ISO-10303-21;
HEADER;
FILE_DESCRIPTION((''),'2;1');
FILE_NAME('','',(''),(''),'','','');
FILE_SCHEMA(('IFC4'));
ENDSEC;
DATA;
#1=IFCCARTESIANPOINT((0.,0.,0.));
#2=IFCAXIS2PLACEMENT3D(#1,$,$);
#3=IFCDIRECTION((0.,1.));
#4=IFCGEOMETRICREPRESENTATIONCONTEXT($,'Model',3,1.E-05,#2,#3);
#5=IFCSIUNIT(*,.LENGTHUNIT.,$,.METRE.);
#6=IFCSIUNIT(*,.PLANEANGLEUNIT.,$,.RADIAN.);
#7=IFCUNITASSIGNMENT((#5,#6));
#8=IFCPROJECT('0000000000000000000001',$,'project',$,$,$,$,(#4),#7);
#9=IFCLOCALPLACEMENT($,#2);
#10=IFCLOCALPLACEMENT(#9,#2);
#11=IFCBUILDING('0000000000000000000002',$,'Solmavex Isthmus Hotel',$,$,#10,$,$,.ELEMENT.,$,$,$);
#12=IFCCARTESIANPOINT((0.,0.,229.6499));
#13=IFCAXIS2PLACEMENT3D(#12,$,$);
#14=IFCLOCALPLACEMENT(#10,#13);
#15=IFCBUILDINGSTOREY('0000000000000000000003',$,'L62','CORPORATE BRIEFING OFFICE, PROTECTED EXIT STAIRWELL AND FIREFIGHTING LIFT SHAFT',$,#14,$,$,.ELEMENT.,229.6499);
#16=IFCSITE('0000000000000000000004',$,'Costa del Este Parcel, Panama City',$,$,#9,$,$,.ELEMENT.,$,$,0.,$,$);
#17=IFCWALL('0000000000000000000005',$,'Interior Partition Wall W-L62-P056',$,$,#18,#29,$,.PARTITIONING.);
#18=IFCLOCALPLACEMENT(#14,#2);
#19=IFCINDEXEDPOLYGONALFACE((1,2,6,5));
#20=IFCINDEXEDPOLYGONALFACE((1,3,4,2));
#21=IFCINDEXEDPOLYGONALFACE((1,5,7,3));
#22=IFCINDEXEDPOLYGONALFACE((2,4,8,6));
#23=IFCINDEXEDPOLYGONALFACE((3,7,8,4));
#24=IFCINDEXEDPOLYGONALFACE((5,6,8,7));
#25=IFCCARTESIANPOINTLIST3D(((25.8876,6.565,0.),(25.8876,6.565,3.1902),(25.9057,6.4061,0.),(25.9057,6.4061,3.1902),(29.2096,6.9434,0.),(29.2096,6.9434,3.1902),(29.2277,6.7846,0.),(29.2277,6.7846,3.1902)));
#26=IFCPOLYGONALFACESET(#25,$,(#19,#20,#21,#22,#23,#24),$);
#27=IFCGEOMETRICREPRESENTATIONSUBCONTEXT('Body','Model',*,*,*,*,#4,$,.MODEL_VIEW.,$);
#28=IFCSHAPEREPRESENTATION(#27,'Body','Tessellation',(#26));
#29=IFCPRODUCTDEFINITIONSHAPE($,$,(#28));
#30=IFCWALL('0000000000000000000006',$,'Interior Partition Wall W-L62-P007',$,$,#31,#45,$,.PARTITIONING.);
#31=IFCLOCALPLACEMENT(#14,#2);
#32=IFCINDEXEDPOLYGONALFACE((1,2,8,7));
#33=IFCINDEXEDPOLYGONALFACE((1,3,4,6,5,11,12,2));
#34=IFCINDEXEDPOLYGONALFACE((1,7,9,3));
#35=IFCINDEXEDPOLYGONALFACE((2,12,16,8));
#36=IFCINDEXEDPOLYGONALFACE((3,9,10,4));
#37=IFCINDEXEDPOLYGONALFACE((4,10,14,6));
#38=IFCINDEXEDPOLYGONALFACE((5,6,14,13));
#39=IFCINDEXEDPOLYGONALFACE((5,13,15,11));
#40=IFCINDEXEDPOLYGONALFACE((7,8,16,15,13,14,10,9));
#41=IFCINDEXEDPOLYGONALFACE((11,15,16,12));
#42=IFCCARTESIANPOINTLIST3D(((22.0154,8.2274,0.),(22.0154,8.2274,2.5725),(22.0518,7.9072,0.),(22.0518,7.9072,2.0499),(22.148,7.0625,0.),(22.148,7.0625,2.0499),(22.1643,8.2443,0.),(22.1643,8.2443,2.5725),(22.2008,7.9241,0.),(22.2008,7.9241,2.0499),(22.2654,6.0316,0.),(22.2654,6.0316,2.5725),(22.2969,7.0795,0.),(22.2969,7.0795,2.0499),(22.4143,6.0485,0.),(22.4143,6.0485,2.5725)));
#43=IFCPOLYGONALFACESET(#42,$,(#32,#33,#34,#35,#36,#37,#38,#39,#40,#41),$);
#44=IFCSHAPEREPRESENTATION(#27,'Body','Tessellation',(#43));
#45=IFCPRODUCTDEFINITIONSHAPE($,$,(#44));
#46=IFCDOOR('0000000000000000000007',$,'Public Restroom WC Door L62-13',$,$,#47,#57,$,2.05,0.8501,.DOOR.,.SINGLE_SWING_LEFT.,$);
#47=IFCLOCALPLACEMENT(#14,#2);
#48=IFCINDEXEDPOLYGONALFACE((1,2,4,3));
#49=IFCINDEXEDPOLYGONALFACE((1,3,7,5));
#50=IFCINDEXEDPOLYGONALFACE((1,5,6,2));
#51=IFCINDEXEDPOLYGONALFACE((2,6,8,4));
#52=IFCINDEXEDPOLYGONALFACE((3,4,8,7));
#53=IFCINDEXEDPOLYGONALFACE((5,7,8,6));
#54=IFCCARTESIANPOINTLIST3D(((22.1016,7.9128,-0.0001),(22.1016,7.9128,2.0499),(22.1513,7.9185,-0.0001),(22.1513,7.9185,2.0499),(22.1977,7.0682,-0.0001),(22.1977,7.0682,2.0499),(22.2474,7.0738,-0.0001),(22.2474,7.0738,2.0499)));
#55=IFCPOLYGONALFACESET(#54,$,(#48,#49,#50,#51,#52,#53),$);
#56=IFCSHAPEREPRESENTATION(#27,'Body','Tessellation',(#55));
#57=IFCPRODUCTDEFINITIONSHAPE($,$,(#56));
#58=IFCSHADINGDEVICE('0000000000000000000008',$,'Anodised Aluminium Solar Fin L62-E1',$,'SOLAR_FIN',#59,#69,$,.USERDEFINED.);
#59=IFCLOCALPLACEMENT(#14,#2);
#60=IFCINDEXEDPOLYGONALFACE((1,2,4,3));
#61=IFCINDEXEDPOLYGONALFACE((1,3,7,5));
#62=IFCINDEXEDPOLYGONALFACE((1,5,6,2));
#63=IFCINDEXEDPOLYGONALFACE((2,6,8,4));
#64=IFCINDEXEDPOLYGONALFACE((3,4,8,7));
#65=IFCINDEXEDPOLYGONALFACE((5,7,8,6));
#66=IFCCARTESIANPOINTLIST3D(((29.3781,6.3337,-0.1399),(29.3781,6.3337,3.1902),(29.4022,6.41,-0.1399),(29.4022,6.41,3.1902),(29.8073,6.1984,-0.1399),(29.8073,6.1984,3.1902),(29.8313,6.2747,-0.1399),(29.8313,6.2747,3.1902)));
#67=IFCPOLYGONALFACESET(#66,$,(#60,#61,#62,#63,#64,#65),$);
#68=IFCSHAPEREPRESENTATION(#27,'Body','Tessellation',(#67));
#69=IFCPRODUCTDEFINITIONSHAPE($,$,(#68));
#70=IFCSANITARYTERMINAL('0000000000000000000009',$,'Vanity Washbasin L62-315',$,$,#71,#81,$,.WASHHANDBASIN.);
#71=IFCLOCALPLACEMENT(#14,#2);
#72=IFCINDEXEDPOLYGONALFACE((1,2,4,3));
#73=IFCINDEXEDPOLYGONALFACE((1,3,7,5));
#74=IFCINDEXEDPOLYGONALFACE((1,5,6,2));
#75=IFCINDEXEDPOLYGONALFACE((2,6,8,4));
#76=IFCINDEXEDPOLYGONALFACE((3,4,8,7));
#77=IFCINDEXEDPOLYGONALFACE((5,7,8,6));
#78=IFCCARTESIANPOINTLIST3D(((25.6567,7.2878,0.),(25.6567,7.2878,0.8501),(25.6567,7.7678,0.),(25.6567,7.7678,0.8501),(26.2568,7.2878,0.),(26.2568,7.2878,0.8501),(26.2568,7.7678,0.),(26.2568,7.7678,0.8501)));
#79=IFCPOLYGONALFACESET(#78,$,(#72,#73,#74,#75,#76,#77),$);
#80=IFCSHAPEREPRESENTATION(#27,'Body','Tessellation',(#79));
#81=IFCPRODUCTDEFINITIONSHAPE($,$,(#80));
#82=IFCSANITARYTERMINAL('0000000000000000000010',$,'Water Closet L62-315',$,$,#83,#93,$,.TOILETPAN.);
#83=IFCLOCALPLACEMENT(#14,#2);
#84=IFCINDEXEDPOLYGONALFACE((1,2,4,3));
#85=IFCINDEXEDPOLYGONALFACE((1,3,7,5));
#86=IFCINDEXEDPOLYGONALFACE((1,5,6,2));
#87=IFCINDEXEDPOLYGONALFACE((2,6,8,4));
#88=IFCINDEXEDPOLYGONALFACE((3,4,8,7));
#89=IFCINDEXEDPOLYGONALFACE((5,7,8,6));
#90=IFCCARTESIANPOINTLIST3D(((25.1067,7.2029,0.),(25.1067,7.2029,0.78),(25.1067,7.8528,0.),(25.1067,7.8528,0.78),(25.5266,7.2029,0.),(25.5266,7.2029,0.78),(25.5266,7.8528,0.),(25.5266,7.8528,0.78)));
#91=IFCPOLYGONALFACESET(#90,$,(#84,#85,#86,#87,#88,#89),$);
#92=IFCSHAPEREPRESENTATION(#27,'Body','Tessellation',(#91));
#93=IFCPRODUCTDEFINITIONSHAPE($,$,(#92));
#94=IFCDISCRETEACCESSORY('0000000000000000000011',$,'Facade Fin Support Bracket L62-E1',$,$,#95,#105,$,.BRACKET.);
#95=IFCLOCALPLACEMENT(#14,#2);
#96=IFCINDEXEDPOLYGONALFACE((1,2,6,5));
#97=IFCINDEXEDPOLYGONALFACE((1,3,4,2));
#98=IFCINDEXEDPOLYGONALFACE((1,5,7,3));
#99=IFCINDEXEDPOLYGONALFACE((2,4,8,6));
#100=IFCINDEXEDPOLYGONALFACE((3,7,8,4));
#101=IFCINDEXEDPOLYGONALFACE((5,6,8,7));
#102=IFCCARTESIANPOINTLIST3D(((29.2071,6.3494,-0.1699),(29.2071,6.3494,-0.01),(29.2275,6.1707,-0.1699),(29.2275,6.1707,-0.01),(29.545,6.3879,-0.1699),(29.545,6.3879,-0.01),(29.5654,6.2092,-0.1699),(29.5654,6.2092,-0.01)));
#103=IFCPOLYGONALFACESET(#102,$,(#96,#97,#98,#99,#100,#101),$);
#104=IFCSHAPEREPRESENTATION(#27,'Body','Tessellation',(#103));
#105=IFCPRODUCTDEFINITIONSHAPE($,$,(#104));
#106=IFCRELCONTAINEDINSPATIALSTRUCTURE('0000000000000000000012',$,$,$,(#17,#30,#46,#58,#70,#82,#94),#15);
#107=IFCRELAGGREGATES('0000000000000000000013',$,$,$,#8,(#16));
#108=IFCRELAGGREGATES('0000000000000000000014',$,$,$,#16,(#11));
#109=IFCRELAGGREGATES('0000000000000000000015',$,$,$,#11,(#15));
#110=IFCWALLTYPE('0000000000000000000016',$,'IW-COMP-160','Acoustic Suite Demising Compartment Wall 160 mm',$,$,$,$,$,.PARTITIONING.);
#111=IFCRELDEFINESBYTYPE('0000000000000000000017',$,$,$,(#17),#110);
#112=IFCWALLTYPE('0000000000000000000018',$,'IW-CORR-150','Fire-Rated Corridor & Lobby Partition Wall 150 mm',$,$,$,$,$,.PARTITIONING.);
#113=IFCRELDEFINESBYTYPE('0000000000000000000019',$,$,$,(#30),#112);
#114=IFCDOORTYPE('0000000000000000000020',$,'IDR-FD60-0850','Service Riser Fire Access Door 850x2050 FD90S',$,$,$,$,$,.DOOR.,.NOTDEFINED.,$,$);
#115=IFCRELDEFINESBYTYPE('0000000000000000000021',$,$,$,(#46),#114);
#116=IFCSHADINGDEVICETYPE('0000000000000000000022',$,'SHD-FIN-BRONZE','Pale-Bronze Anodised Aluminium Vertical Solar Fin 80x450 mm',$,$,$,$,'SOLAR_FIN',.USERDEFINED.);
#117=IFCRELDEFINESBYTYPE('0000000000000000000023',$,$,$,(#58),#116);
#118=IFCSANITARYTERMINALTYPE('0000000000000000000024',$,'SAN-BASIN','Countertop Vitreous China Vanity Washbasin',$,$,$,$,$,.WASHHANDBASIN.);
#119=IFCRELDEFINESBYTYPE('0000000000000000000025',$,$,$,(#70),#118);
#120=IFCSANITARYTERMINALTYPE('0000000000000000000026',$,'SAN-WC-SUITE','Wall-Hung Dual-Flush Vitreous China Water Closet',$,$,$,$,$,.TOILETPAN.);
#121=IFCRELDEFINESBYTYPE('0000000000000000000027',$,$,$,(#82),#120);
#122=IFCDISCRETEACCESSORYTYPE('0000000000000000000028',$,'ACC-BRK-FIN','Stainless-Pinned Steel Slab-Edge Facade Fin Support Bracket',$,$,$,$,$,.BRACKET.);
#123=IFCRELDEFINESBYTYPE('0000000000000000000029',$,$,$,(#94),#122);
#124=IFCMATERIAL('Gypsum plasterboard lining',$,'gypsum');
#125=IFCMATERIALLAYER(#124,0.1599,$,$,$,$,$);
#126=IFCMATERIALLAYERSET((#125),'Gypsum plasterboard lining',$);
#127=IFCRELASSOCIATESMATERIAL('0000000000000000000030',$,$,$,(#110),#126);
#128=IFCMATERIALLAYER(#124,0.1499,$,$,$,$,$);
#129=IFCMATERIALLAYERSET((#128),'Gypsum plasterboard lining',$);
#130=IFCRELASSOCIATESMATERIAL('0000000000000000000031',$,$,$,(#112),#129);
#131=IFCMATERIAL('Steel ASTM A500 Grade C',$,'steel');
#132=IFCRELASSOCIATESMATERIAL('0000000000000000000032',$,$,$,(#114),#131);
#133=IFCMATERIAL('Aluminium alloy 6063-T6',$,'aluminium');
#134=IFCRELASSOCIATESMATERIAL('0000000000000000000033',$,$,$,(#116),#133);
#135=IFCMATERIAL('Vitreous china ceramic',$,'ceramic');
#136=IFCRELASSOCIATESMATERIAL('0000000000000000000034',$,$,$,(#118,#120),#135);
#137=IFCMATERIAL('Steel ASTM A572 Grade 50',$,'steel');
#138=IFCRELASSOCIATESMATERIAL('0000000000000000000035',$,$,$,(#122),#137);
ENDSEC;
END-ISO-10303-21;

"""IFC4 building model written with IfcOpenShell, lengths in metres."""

from ifc_helpers import new_model, si_unit, direction, frame, frame_2d, origin, origin_2d, place, context, subcontext, project, spatial, rectangle, extrude, material, layer, layer_set, type_object, element, fill, save


model = new_model("IFC4")

# Units and contexts
model_context = context("Model", 3, precision=1e-05, world=origin(), true_north=direction((0.0, 1.0)))
body_context = subcontext(model_context, "Body", "Model", "MODEL_VIEW")
ifc_project = project(units=[si_unit("LENGTHUNIT", "METRE"), si_unit("PLANEANGLEUNIT", "RADIAN")], contexts=[model_context])

# Site, building, storey
site_placement = place(None, origin())
site = spatial("IfcSite", under=ifc_project, at=site_placement, Name="Costa del Este Parcel, Panama City", CompositionType="ELEMENT", RefElevation=0.0)
building_placement = place(site_placement, origin())
building = spatial("IfcBuilding", under=site, at=building_placement, Name="Solmavex Isthmus Hotel", CompositionType="ELEMENT")
storey_placement = place(building_placement, frame((0.0, 0.0, 229.6499)))
storey = spatial("IfcBuildingStorey", under=building, at=storey_placement, Name="L62", Description="CORPORATE BRIEFING OFFICE, PROTECTED EXIT STAIRWELL AND FIREFIGHTING LIFT SHAFT", CompositionType="ELEMENT", Elevation=229.6499)

# Shared definitions
ifc_material_1 = material(Name="Aluminium alloy 6063-T6", Category="aluminium")

# Wall
ifc_material_2 = material(Name="Gypsum plasterboard lining", Category="gypsum")
ifc_layer_1 = layer(ifc_material_2, 0.1599)
ifc_layer_set_1 = layer_set([ifc_layer_1], Name="Gypsum plasterboard lining")
wall_type_1 = type_object("IfcWallType", Name="IW-COMP-160", Description="Acoustic Suite Demising Compartment Wall 160 mm", PredefinedType="PARTITIONING", material=ifc_layer_set_1)
wall_1_placement = place(storey_placement, frame((29.2188, 6.864, 0.0), z_axis=(0.0, 0.0, 1.0), x_axis=(-0.993574, -0.11318, 0.0)))
element("IfcWall", 1, at=wall_1_placement, inside=storey, type_object=wall_type_1, Name="Interior Partition Wall W-L62-P056", PredefinedType="PARTITIONING", context=body_context, shape_type="SweptSolid", body=[
    extrude(rectangle(XDim=3.3435, YDim=0.1599, at=frame_2d((1.6719, 0.0))), origin(), (0.0, 0.0, 1.0), 3.1902),
])

# Wall, opening, door
ifc_layer_2 = layer(ifc_material_2, 0.1499)
ifc_layer_set_2 = layer_set([ifc_layer_2], Name="Gypsum plasterboard lining")
wall_type_2 = type_object("IfcWallType", Name="IW-CORR-150", Description="Fire-Rated Corridor & Lobby Partition Wall 150 mm", PredefinedType="PARTITIONING", material=ifc_layer_set_2)
wall_2_placement = place(storey_placement, frame((22.0898, 8.2358, 0.0), z_axis=(0.0, 0.0, 1.0), x_axis=(0.113123, -0.993581, 0.0)))
wall_2 = element("IfcWall", 2, at=wall_2_placement, inside=storey, type_object=wall_type_2, Name="Interior Partition Wall W-L62-P007", PredefinedType="PARTITIONING", context=body_context, shape_type="SweptSolid", body=[
    extrude(rectangle(XDim=2.21, YDim=0.1499, at=frame_2d((1.105, 0.0))), origin(), (0.0, 0.0, 1.0), 2.5725),
])
opening_1_placement = place(wall_2_placement, frame((0.3223, 0.0, 0.0)))
opening_1 = element("IfcOpeningElement", 3, at=opening_1_placement, cuts=wall_2, PredefinedType="OPENING", context=body_context, shape_type="SweptSolid", body=[
    extrude(rectangle(XDim=0.8501, YDim=2.05, at=frame_2d((0.425, 1.0249))), frame((0.0, 0.085, 0.0), z_axis=(0.0, -1.0, 0.0), x_axis=(1.0, 0.0, 0.0)), (0.0, 0.0, 1.0), 0.1699),
])
ifc_material_3 = material(Name="Steel ASTM A500 Grade C", Category="steel")
door_type_1 = type_object("IfcDoorType", Name="IDR-FD60-0850", Description="Service Riser Fire Access Door 850x2050 FD90S", OperationType="NOTDEFINED", PredefinedType="DOOR", material=ifc_material_3)
door_1_placement = place(opening_1_placement, frame((0.8501, 0.0, 0.0), z_axis=(0.0, 0.0, 1.0), x_axis=(-1.0, 0.0, 0.0)))
door_1 = element("IfcDoor", 4, at=door_1_placement, inside=storey, type_object=door_type_1, Name="Public Restroom WC Door L62-13", OperationType="SINGLE_SWING_LEFT", OverallHeight=2.05, OverallWidth=0.8501, PredefinedType="DOOR", context=body_context, shape_type="SweptSolid", body=[
    extrude(rectangle(XDim=0.8501, YDim=2.05, at=frame_2d((0.425, 1.0249))), frame((0.0, 0.0249, 0.0), z_axis=(0.0, -1.0, 0.0), x_axis=(1.0, 0.0, 0.0)), (0.0, 0.0, 1.0), 0.05),
])
fill(opening_1, door_1)

# Shading device
shading_device_type = type_object("IfcShadingDeviceType", Name="SHD-FIN-BRONZE", Description="Pale-Bronze Anodised Aluminium Vertical Solar Fin 80x450 mm", ElementType="SOLAR_FIN", PredefinedType="USERDEFINED", material=ifc_material_1)
shading_device_placement = place(storey_placement, frame((29.6047, 6.3042, -0.1399), z_axis=(0.0, 0.0, 1.0), x_axis=(0.953717, -0.300706, 0.0)))
element("IfcShadingDevice", 5, at=shading_device_placement, inside=storey, type_object=shading_device_type, Name="Anodised Aluminium Solar Fin L62-E1", ObjectType="SOLAR_FIN", PredefinedType="USERDEFINED", context=body_context, shape_type="SweptSolid", body=[
    extrude(rectangle(XDim=0.45, YDim=0.0801, at=origin_2d()), origin(), (0.0, 0.0, 1.0), 3.3301),
])

# Sanitary terminals
ifc_material_4 = material(Name="Vitreous china ceramic", Category="ceramic")
sanitary_terminal_type_1 = type_object("IfcSanitaryTerminalType", Name="SAN-BASIN", Description="Countertop Vitreous China Vanity Washbasin", PredefinedType="WASHHANDBASIN", material=ifc_material_4)
sanitary_terminal_1_placement = place(storey_placement, frame((25.9568, 7.5278, 0.0), z_axis=(0.0, 0.0, 1.0), x_axis=(1.0, 0.0, 0.0)))
element("IfcSanitaryTerminal", 6, at=sanitary_terminal_1_placement, inside=storey, type_object=sanitary_terminal_type_1, Name="Vanity Washbasin L62-315", PredefinedType="WASHHANDBASIN", context=body_context, shape_type="SweptSolid", body=[
    extrude(rectangle(XDim=0.6001, YDim=0.48, at=origin_2d()), origin(), (0.0, 0.0, 1.0), 0.8501),
])
sanitary_terminal_type_2 = type_object("IfcSanitaryTerminalType", Name="SAN-WC-SUITE", Description="Wall-Hung Dual-Flush Vitreous China Water Closet", PredefinedType="TOILETPAN", material=ifc_material_4)
sanitary_terminal_2_placement = place(storey_placement, frame((25.3167, 7.5278, 0.0), z_axis=(0.0, 0.0, 1.0), x_axis=(1.0, 0.0, 0.0)))
element("IfcSanitaryTerminal", 7, at=sanitary_terminal_2_placement, inside=storey, type_object=sanitary_terminal_type_2, Name="Water Closet L62-315", PredefinedType="TOILETPAN", context=body_context, shape_type="SweptSolid", body=[
    extrude(rectangle(XDim=0.4199, YDim=0.6499, at=origin_2d()), origin(), (0.0, 0.0, 1.0), 0.78),
])

# Discrete accessory
ifc_material_5 = material(Name="Steel ASTM A572 Grade 50", Category="steel")
discrete_accessory_type = type_object("IfcDiscreteAccessoryType", Name="ACC-BRK-FIN", Description="Stainless-Pinned Steel Slab-Edge Facade Fin Support Bracket", PredefinedType="BRACKET", material=ifc_material_5)
discrete_accessory_placement = place(storey_placement, frame((29.3862, 6.2793, -0.1699), z_axis=(0.0, 0.0, 1.0), x_axis=(0.993572, 0.113203, 0.0)))
element("IfcDiscreteAccessory", 8, at=discrete_accessory_placement, inside=storey, type_object=discrete_accessory_type, Name="Facade Fin Support Bracket L62-E1", PredefinedType="BRACKET", context=body_context, shape_type="SweptSolid", body=[
    extrude(rectangle(XDim=0.3401, YDim=0.1799, at=origin_2d()), origin(), (0.0, 0.0, 1.0), 0.1599),
])

save(model, "model.ifc")
